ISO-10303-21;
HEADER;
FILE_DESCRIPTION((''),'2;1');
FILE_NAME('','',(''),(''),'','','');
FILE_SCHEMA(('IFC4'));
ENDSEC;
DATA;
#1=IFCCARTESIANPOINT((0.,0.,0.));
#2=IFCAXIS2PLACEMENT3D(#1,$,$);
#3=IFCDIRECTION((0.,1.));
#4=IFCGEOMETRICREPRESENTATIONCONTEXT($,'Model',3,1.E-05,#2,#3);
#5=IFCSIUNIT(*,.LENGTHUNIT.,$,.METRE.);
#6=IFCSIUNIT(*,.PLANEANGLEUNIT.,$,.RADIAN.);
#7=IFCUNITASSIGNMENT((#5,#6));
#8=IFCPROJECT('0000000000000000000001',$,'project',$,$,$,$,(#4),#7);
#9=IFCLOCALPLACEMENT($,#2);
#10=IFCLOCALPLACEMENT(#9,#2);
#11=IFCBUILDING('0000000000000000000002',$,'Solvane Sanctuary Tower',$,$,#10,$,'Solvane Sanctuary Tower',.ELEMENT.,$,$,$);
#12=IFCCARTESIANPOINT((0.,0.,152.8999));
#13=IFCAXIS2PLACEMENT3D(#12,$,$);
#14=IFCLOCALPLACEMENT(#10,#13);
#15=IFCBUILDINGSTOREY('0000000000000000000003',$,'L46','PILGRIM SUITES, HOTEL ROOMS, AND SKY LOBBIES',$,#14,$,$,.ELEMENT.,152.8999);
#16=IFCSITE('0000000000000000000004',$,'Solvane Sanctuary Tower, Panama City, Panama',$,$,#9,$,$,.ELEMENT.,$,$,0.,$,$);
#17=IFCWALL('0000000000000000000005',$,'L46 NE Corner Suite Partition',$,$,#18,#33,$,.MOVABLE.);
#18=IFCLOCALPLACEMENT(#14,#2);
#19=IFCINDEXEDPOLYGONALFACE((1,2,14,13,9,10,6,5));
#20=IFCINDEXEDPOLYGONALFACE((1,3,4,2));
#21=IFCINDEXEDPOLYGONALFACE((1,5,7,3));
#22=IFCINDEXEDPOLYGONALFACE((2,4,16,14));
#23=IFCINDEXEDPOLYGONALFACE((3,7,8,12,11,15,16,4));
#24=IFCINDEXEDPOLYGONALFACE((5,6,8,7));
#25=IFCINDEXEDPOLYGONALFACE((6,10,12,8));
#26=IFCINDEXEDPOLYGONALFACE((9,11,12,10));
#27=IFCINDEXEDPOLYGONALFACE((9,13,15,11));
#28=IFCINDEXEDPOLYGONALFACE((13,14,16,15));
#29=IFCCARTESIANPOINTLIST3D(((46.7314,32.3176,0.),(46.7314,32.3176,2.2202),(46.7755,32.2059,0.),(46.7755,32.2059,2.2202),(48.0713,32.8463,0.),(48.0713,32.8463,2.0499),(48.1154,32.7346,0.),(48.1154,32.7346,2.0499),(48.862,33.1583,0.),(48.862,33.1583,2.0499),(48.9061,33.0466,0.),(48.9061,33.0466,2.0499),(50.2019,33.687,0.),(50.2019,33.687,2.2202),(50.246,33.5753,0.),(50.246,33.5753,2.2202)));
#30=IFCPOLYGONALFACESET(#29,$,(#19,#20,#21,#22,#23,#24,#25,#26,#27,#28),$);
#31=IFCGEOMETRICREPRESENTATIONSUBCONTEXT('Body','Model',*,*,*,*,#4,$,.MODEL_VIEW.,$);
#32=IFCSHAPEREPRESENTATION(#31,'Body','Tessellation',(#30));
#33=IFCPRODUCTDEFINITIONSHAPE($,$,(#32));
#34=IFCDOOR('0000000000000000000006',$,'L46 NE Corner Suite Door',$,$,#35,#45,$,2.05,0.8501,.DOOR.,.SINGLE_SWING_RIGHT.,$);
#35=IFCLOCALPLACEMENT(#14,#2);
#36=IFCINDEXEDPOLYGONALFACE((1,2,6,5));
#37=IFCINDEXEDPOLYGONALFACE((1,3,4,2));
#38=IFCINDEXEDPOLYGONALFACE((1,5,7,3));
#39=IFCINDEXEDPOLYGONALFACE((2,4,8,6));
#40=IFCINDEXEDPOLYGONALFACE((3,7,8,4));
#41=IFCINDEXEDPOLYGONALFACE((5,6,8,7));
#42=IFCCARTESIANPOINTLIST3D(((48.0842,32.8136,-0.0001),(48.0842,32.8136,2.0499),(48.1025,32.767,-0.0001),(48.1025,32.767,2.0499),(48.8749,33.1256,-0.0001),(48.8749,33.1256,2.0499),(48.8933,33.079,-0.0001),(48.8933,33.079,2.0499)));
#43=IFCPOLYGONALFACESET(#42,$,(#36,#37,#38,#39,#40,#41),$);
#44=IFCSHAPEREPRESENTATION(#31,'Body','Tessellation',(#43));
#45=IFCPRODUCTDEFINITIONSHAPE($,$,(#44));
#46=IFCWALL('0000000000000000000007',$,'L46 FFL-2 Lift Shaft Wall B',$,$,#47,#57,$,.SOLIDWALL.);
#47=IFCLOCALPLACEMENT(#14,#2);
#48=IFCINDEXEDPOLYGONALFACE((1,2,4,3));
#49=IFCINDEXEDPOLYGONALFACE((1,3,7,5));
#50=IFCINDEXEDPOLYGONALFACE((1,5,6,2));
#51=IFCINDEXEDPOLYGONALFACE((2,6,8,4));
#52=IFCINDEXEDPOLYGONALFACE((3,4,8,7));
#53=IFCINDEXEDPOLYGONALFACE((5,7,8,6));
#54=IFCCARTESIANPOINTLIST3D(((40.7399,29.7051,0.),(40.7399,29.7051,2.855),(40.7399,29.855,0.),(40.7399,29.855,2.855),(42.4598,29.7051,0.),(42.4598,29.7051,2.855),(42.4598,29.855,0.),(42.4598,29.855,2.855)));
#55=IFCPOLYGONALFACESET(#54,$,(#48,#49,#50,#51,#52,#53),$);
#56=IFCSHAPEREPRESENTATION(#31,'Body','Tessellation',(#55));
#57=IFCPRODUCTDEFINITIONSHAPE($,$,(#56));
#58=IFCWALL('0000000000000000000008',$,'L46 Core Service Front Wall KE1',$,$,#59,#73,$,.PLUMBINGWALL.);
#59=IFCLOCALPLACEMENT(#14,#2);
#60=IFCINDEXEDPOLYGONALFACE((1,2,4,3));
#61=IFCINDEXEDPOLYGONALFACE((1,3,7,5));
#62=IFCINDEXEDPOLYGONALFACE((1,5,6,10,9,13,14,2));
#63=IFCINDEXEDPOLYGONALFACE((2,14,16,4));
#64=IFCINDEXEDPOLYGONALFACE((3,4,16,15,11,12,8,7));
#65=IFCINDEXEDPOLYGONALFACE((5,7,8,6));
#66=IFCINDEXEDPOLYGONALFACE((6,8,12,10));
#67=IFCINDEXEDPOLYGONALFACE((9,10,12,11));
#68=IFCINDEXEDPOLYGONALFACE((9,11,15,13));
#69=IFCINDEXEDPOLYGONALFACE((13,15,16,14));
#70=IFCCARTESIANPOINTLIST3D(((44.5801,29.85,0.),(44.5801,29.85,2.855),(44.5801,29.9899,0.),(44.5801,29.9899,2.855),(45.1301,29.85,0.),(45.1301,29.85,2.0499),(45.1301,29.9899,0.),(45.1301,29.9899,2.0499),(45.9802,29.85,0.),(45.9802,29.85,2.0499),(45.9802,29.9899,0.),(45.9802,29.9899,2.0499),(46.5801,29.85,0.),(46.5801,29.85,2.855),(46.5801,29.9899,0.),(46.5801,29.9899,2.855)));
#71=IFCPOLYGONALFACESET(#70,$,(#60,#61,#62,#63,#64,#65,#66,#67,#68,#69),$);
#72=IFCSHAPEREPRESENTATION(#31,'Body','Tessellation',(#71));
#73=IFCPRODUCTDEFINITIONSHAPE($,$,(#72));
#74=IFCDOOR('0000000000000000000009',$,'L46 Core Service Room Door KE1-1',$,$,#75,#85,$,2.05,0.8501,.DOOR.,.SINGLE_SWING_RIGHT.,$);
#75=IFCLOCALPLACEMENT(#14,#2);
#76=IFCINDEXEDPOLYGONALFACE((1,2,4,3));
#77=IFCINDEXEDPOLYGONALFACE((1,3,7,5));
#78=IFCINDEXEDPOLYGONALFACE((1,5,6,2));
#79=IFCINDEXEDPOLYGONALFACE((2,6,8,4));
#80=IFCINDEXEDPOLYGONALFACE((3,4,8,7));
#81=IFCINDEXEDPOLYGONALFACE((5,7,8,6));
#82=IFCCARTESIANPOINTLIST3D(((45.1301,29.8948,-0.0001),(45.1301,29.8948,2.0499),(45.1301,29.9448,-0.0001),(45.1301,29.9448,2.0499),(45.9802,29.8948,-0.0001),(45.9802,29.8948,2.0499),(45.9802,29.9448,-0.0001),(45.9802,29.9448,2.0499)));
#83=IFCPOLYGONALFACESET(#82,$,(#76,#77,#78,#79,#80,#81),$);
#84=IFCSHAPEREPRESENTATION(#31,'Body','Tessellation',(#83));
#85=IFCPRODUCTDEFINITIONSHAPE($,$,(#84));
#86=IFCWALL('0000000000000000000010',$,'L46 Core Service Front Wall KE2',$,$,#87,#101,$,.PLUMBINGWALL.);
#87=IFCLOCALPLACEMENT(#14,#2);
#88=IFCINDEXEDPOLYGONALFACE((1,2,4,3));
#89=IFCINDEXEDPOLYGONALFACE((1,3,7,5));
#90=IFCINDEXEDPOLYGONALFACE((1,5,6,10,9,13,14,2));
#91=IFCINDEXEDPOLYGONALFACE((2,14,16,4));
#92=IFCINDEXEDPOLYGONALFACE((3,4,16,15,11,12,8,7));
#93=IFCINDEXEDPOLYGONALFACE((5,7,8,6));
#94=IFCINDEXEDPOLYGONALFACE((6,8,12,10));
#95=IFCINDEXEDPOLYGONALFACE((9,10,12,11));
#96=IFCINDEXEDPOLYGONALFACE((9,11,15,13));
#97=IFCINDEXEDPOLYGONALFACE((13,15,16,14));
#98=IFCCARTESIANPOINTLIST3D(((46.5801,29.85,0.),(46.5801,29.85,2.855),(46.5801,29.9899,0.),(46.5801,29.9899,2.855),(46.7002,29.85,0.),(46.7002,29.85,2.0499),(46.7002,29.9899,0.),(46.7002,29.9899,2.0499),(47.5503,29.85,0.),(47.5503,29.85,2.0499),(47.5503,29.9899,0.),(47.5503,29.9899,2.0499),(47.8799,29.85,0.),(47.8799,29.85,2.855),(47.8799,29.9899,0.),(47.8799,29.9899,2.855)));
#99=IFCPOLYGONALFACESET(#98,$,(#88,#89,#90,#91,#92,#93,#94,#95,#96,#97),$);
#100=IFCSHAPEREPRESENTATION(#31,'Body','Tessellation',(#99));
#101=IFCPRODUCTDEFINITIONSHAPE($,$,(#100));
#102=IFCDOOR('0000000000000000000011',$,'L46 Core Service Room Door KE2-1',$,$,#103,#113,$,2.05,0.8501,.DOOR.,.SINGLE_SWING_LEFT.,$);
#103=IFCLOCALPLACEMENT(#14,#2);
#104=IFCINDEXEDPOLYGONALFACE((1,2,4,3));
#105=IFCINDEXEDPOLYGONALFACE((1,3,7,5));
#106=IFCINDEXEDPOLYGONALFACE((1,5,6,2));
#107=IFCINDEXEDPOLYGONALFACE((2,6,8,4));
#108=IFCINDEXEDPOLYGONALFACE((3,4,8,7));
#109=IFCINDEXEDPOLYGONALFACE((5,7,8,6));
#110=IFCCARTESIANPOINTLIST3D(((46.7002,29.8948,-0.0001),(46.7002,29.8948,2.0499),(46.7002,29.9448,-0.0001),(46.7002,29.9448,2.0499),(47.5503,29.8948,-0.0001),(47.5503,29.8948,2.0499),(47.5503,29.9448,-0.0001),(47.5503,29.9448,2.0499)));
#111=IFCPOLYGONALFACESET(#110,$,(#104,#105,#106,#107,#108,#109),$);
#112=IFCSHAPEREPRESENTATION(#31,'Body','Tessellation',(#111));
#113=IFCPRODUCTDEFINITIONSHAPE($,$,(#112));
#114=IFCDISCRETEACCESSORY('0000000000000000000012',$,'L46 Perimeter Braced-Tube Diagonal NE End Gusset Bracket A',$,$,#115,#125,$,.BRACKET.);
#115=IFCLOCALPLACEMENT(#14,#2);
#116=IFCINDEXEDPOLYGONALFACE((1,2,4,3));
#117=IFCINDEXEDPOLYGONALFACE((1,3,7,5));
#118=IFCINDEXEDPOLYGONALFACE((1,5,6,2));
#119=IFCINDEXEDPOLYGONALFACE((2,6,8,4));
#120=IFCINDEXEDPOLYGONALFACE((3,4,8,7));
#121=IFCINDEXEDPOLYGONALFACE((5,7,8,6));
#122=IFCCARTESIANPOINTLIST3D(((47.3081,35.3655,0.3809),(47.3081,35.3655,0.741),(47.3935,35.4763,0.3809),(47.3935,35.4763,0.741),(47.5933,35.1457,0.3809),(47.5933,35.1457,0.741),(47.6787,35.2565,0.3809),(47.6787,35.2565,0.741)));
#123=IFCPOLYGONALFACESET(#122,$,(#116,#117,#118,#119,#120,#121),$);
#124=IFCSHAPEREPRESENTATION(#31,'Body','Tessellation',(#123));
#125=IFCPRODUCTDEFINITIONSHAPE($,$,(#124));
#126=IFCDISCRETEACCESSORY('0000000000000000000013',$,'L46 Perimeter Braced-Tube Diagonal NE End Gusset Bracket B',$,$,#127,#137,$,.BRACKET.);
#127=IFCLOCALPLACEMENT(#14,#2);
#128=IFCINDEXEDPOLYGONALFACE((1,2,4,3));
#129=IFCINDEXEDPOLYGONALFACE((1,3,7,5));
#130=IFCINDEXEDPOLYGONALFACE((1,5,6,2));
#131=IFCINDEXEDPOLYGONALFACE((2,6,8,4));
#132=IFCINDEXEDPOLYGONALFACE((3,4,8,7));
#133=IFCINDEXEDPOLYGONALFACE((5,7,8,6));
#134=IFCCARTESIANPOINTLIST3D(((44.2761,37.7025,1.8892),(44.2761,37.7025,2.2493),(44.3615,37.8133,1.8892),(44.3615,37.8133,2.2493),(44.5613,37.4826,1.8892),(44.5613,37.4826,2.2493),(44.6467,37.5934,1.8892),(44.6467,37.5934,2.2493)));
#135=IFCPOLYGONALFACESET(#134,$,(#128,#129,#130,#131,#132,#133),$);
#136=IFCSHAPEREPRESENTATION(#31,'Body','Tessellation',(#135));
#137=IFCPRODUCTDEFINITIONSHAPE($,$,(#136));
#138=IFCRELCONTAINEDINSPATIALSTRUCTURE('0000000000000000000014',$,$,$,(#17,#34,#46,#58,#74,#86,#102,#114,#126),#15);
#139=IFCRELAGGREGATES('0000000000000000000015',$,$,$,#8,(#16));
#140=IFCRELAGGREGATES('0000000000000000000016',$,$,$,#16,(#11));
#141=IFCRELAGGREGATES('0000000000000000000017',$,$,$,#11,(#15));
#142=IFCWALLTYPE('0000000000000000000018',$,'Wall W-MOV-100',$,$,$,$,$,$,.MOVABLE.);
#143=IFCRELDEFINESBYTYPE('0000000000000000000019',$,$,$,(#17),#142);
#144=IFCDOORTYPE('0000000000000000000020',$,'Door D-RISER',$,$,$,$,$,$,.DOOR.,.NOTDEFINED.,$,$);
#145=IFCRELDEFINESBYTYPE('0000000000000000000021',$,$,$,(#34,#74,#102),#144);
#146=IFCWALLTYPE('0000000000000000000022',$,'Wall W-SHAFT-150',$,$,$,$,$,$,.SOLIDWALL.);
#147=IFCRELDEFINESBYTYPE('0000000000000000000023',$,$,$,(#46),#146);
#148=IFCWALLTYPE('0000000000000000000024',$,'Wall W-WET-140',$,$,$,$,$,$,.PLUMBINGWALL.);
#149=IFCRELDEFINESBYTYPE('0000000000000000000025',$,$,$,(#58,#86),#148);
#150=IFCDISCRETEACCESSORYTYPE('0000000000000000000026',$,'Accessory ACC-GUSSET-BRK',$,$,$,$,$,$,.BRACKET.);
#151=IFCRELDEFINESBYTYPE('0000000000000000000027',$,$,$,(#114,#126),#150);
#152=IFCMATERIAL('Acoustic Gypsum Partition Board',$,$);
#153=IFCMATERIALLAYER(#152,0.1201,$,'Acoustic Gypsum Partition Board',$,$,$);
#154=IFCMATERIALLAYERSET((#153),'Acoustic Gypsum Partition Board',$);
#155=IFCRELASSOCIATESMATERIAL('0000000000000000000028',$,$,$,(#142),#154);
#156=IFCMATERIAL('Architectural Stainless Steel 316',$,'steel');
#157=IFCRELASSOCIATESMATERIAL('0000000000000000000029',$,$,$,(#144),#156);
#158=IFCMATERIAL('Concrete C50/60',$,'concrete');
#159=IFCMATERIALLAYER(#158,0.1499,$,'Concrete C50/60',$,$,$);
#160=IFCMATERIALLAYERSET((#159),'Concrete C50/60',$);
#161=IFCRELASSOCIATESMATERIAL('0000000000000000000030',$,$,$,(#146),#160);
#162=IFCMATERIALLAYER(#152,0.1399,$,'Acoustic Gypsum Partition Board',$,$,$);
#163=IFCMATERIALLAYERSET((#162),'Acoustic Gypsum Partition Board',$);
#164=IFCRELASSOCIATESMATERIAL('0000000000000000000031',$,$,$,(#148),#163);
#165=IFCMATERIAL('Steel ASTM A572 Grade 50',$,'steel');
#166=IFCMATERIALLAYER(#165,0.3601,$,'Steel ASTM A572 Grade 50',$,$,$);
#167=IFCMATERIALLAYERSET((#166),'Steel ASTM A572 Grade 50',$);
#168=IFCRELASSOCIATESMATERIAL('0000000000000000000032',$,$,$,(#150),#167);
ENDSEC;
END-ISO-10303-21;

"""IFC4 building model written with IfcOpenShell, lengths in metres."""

from ifc_helpers import new_model, si_unit, direction, frame, frame_2d, origin, origin_2d, place, context, subcontext, project, spatial, rectangle, extrude, material, layer, layer_set, type_object, element, fill, save


model = new_model("IFC4")

# Units and contexts
model_context = context("Model", 3, precision=1e-05, world=origin(), true_north=direction((0.0, 1.0)))
body_context = subcontext(model_context, "Body", "Model", "MODEL_VIEW")
ifc_project = project(units=[si_unit("LENGTHUNIT", "METRE"), si_unit("PLANEANGLEUNIT", "RADIAN")], contexts=[model_context])

# Site, building, storey
site_placement = place(None, origin())
site = spatial("IfcSite", under=ifc_project, at=site_placement, Name="Solvane Sanctuary Tower, Panama City, Panama", CompositionType="ELEMENT", RefElevation=0.0)
building_placement = place(site_placement, origin())
building = spatial("IfcBuilding", under=site, at=building_placement, Name="Solvane Sanctuary Tower", LongName="Solvane Sanctuary Tower", CompositionType="ELEMENT")
storey_placement = place(building_placement, frame((0.0, 0.0, 152.8999)))
storey = spatial("IfcBuildingStorey", under=building, at=storey_placement, Name="L46", Description="PILGRIM SUITES, HOTEL ROOMS, AND SKY LOBBIES", CompositionType="ELEMENT", Elevation=152.8999)

# Shared definitions
ifc_material_1 = material(Name="Acoustic Gypsum Partition Board")

# Wall, opening, door
ifc_layer_1 = layer(ifc_material_1, 0.1201, Name="Acoustic Gypsum Partition Board")
ifc_layer_set_1 = layer_set([ifc_layer_1], Name="Acoustic Gypsum Partition Board")
wall_type_1 = type_object("IfcWallType", Name="Wall W-MOV-100", PredefinedType="MOVABLE", material=ifc_layer_set_1)
wall_1_placement = place(storey_placement, frame((46.7534, 32.2617, 0.0), z_axis=(0.0, 0.0, 1.0), x_axis=(0.930204, 0.367043, 0.0)))
wall_1 = element("IfcWall", 1, at=wall_1_placement, inside=storey, type_object=wall_type_1, Name="L46 NE Corner Suite Partition", PredefinedType="MOVABLE", context=body_context, shape_type="SweptSolid", body=[
    extrude(rectangle(XDim=3.731, YDim=0.1201, at=frame_2d((1.8655, 0.0))), origin(), (0.0, 0.0, 1.0), 2.2202),
])
opening_1_placement = place(wall_1_placement, frame((1.4404, 0.0, 0.0)))
opening_1 = element("IfcOpeningElement", 2, at=opening_1_placement, cuts=wall_1, PredefinedType="OPENING", context=body_context, shape_type="SweptSolid", body=[
    extrude(rectangle(XDim=0.8501, YDim=2.05, at=frame_2d((0.425, 1.0249))), frame((0.0, 0.0701, 0.0), z_axis=(0.0, -1.0, 0.0), x_axis=(1.0, 0.0, 0.0)), (0.0, 0.0, 1.0), 0.1401),
])
ifc_material_2 = material(Name="Architectural Stainless Steel 316", Category="steel")
door_type = type_object("IfcDoorType", Name="Door D-RISER", OperationType="NOTDEFINED", PredefinedType="DOOR", material=ifc_material_2)
door_1_placement = place(opening_1_placement, origin())
door_1 = element("IfcDoor", 3, at=door_1_placement, inside=storey, type_object=door_type, Name="L46 NE Corner Suite Door", OperationType="SINGLE_SWING_RIGHT", OverallHeight=2.05, OverallWidth=0.8501, PredefinedType="DOOR", context=body_context, shape_type="SweptSolid", body=[
    extrude(rectangle(XDim=0.8501, YDim=2.05, at=frame_2d((0.425, 1.0249))), frame((0.0, 0.0249, 0.0), z_axis=(0.0, -1.0, 0.0), x_axis=(1.0, 0.0, 0.0)), (0.0, 0.0, 1.0), 0.05),
])
fill(opening_1, door_1)

# Wall
ifc_material_3 = material(Name="Concrete C50/60", Category="concrete")
ifc_layer_2 = layer(ifc_material_3, 0.1499, Name="Concrete C50/60")
ifc_layer_set_2 = layer_set([ifc_layer_2], Name="Concrete C50/60")
wall_type_2 = type_object("IfcWallType", Name="Wall W-SHAFT-150", PredefinedType="SOLIDWALL", material=ifc_layer_set_2)
wall_2_placement = place(storey_placement, frame((40.74, 29.78, 0.0), z_axis=(0.0, 0.0, 1.0), x_axis=(1.0, 0.0, 0.0)))
element("IfcWall", 4, at=wall_2_placement, inside=storey, type_object=wall_type_2, Name="L46 FFL-2 Lift Shaft Wall B", PredefinedType="SOLIDWALL", context=body_context, shape_type="SweptSolid", body=[
    extrude(rectangle(XDim=1.72, YDim=0.1499, at=frame_2d((0.8599, 0.0))), origin(), (0.0, 0.0, 1.0), 2.855),
])

# Walls, openings, doors
ifc_layer_3 = layer(ifc_material_1, 0.1399, Name="Acoustic Gypsum Partition Board")
ifc_layer_set_3 = layer_set([ifc_layer_3], Name="Acoustic Gypsum Partition Board")
wall_type_3 = type_object("IfcWallType", Name="Wall W-WET-140", PredefinedType="PLUMBINGWALL", material=ifc_layer_set_3)
wall_3_placement = place(storey_placement, frame((44.5801, 29.9199, 0.0), z_axis=(0.0, 0.0, 1.0), x_axis=(1.0, 0.0, 0.0)))
wall_3 = element("IfcWall", 5, at=wall_3_placement, inside=storey, type_object=wall_type_3, Name="L46 Core Service Front Wall KE1", PredefinedType="PLUMBINGWALL", context=body_context, shape_type="SweptSolid", body=[
    extrude(rectangle(XDim=2.0, YDim=0.1399, at=frame_2d((1.0, 0.0))), origin(), (0.0, 0.0, 1.0), 2.855),
])
opening_2_placement = place(wall_3_placement, frame((0.55, 0.0, 0.0)))
opening_2 = element("IfcOpeningElement", 6, at=opening_2_placement, cuts=wall_3, PredefinedType="OPENING", context=body_context, shape_type="SweptSolid", body=[
    extrude(rectangle(XDim=0.8501, YDim=2.05, at=frame_2d((0.425, 1.0249))), frame((0.0, 0.0798, 0.0), z_axis=(0.0, -1.0, 0.0), x_axis=(1.0, 0.0, 0.0)), (0.0, 0.0, 1.0), 0.1599),
])
door_2_placement = place(opening_2_placement, origin())
door_2 = element("IfcDoor", 7, at=door_2_placement, inside=storey, type_object=door_type, Name="L46 Core Service Room Door KE1-1", OperationType="SINGLE_SWING_RIGHT", OverallHeight=2.05, OverallWidth=0.8501, PredefinedType="DOOR", context=body_context, shape_type="SweptSolid", body=[
    extrude(rectangle(XDim=0.8501, YDim=2.05, at=frame_2d((0.425, 1.0249))), frame((0.0, 0.0249, 0.0), z_axis=(0.0, -1.0, 0.0), x_axis=(1.0, 0.0, 0.0)), (0.0, 0.0, 1.0), 0.05),
])
fill(opening_2, door_2)
wall_4_placement = place(storey_placement, frame((46.5801, 29.9199, 0.0), z_axis=(0.0, 0.0, 1.0), x_axis=(1.0, 0.0, 0.0)))
wall_4 = element("IfcWall", 8, at=wall_4_placement, inside=storey, type_object=wall_type_3, Name="L46 Core Service Front Wall KE2", PredefinedType="PLUMBINGWALL", context=body_context, shape_type="SweptSolid", body=[
    extrude(rectangle(XDim=1.2998, YDim=0.1399, at=frame_2d((0.6499, 0.0))), origin(), (0.0, 0.0, 1.0), 2.855),
])
opening_3_placement = place(wall_4_placement, frame((0.1201, 0.0, 0.0)))
opening_3 = element("IfcOpeningElement", 9, at=opening_3_placement, cuts=wall_4, PredefinedType="OPENING", context=body_context, shape_type="SweptSolid", body=[
    extrude(rectangle(XDim=0.8501, YDim=2.05, at=frame_2d((0.425, 1.0249))), frame((0.0, 0.0798, 0.0), z_axis=(0.0, -1.0, 0.0), x_axis=(1.0, 0.0, 0.0)), (0.0, 0.0, 1.0), 0.1599),
])
door_3_placement = place(opening_3_placement, origin())
door_3 = element("IfcDoor", 10, at=door_3_placement, inside=storey, type_object=door_type, Name="L46 Core Service Room Door KE2-1", OperationType="SINGLE_SWING_LEFT", OverallHeight=2.05, OverallWidth=0.8501, PredefinedType="DOOR", context=body_context, shape_type="SweptSolid", body=[
    extrude(rectangle(XDim=0.8501, YDim=2.05, at=frame_2d((0.425, 1.0249))), frame((0.0, 0.0249, 0.0), z_axis=(0.0, -1.0, 0.0), x_axis=(1.0, 0.0, 0.0)), (0.0, 0.0, 1.0), 0.05),
])
fill(opening_3, door_3)

# Discrete accessories
ifc_material_4 = material(Name="Steel ASTM A572 Grade 50", Category="steel")
ifc_layer_4 = layer(ifc_material_4, 0.3601, Name="Steel ASTM A572 Grade 50")
ifc_layer_set_4 = layer_set([ifc_layer_4], Name="Steel ASTM A572 Grade 50")
discrete_accessory_type = type_object("IfcDiscreteAccessoryType", Name="Accessory ACC-GUSSET-BRK", PredefinedType="BRACKET", material=ifc_layer_set_4)
for number, where, z_axis, x_axis, name in (
    (11, (47.4934, 35.311, 0.3809), (0.0, 0.0, 1.0), (-0.792077, 0.610422, 0.0), "L46 Perimeter Braced-Tube Diagonal NE End Gusset Bracket A"),
    (12, (44.4614, 37.6479, 1.8892), (0.0, 0.0, 1.0), (-0.792077, 0.610422, 0.0), "L46 Perimeter Braced-Tube Diagonal NE End Gusset Bracket B"),
):
    element("IfcDiscreteAccessory", number, at=place(storey_placement, frame(where, z_axis=z_axis, x_axis=x_axis)), inside=storey, type_object=discrete_accessory_type, Name=name, PredefinedType="BRACKET", context=body_context, shape_type="SweptSolid", body=[
        extrude(rectangle(XDim=0.3601, YDim=0.1399, at=origin_2d()), origin(), (0.0, 0.0, 1.0), 0.3601),
    ])

save(model, "model.ifc")
